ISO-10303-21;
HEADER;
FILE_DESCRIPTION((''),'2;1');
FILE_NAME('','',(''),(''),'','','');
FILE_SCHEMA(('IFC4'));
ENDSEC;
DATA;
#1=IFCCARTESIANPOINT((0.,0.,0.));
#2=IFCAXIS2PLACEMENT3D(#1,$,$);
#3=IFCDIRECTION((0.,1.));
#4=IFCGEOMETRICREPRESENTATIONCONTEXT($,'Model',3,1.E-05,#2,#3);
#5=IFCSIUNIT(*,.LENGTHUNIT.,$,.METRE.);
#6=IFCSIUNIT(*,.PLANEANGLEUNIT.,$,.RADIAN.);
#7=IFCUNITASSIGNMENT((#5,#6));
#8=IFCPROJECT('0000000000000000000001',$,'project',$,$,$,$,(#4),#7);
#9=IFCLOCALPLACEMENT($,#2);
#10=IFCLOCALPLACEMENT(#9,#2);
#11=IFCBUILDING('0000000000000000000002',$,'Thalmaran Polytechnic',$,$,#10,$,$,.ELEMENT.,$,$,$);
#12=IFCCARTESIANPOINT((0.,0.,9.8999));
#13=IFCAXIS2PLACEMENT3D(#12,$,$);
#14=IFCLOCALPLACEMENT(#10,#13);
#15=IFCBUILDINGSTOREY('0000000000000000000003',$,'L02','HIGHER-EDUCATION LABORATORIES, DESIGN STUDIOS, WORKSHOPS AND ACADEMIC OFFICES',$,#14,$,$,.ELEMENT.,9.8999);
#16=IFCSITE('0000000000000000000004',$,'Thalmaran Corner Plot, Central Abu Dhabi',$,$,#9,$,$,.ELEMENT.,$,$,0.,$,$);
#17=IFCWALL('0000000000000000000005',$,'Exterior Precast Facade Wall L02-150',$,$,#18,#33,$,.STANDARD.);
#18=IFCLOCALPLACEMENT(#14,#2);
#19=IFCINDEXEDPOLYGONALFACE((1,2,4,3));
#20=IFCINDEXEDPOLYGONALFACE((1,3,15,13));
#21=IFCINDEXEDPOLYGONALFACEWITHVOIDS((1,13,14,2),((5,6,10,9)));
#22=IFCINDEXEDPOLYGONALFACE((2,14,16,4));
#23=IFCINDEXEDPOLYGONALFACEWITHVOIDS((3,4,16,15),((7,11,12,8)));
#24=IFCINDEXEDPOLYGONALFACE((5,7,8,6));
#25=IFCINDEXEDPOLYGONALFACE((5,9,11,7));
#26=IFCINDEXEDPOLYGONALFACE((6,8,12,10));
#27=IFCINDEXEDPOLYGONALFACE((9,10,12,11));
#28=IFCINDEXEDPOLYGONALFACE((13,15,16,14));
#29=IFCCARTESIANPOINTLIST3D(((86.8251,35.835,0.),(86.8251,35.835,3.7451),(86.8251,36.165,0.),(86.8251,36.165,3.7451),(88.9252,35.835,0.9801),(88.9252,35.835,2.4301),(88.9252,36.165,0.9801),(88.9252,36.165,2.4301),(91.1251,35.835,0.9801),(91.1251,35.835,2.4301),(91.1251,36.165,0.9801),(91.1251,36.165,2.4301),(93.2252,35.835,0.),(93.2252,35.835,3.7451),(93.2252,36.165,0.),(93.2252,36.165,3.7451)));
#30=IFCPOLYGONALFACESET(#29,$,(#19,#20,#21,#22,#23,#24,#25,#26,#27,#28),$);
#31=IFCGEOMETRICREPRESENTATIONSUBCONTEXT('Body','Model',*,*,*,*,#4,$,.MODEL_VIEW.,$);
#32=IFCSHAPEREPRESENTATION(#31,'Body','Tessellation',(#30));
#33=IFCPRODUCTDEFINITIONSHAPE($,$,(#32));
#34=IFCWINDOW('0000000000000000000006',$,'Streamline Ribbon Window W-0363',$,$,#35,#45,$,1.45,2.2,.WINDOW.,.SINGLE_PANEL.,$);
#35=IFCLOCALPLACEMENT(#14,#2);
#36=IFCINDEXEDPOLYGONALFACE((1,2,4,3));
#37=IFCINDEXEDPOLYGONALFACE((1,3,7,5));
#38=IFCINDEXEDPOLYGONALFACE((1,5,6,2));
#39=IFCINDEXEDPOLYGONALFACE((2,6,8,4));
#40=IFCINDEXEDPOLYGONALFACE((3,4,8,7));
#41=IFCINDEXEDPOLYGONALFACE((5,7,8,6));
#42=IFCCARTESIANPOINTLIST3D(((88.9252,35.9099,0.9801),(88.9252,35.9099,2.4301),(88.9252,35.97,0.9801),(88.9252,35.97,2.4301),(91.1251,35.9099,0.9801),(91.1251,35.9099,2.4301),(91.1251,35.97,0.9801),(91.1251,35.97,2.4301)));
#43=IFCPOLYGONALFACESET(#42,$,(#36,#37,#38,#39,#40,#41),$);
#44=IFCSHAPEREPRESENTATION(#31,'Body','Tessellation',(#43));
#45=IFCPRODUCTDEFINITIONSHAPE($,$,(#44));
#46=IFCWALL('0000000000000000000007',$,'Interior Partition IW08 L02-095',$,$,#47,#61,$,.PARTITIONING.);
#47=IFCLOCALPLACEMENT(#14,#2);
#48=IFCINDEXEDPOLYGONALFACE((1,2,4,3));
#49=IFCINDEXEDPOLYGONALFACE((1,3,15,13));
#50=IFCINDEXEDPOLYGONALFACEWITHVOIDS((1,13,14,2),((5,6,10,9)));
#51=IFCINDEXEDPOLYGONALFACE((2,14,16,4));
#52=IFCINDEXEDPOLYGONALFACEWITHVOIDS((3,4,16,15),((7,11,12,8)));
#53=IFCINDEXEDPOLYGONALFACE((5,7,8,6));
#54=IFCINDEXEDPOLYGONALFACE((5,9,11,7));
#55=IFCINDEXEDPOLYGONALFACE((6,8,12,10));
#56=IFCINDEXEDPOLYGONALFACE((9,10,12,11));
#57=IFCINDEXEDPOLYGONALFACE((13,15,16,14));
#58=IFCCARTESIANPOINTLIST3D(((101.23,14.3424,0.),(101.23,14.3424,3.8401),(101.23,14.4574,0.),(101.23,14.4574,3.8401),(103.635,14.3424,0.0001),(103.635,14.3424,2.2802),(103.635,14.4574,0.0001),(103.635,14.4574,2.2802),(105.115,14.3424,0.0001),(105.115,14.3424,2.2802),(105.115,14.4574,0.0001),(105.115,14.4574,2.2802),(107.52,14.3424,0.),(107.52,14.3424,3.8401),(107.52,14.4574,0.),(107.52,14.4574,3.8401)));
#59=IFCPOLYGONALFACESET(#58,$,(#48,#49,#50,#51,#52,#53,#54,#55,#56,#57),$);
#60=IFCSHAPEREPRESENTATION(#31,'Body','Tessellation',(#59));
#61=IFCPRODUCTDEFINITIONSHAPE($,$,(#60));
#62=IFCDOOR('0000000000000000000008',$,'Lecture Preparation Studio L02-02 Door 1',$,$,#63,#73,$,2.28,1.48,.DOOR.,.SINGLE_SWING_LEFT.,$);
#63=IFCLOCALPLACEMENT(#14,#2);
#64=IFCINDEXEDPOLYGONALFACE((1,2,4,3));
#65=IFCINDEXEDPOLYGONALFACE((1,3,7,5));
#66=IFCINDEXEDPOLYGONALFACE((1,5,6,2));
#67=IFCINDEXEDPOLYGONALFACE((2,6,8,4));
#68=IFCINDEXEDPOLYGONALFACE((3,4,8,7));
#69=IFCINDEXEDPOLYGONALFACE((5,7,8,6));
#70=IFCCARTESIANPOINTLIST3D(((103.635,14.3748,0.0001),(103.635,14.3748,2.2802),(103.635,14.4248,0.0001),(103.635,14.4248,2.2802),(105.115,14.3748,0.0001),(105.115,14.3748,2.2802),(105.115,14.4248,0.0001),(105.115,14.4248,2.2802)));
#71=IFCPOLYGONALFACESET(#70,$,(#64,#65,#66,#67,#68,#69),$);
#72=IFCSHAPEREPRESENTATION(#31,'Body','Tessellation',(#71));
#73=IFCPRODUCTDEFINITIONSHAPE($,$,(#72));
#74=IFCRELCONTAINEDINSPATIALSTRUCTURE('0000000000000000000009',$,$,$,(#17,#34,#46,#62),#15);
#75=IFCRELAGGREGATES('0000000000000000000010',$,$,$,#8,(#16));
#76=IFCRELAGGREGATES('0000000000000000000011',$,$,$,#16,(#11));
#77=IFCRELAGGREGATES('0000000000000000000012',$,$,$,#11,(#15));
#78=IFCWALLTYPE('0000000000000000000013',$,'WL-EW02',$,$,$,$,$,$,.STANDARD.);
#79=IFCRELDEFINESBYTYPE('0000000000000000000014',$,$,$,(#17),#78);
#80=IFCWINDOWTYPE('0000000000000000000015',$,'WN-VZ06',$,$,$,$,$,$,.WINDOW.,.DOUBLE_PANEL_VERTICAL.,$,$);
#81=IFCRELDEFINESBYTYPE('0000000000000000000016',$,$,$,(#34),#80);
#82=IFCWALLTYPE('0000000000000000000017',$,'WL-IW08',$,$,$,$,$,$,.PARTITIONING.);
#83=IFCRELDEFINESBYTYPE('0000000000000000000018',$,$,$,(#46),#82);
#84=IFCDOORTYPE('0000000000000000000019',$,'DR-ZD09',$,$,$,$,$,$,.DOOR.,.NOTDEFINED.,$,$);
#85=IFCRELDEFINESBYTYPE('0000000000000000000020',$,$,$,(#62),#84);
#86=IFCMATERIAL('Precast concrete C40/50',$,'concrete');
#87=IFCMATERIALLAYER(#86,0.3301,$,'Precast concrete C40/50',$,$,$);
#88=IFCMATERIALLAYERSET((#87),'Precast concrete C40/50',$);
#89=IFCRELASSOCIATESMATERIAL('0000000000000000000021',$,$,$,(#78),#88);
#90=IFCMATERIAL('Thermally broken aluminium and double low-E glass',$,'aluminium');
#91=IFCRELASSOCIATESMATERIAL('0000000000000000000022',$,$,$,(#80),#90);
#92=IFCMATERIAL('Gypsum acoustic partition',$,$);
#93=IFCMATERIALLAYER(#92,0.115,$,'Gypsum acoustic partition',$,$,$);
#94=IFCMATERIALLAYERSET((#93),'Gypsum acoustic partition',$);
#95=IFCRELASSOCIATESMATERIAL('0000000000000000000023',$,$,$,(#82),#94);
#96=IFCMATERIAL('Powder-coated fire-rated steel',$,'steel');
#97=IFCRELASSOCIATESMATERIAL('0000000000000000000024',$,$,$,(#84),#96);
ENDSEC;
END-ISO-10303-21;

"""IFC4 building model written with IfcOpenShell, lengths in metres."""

from ifc_helpers import new_model, si_unit, direction, frame, frame_2d, origin, place, context, subcontext, project, spatial, rectangle, extrude, material, layer, layer_set, type_object, element, fill, save


model = new_model("IFC4")

# Units and contexts
model_context = context("Model", 3, precision=1e-05, world=origin(), true_north=direction((0.0, 1.0)))
body_context = subcontext(model_context, "Body", "Model", "MODEL_VIEW")
ifc_project = project(units=[si_unit("LENGTHUNIT", "METRE"), si_unit("PLANEANGLEUNIT", "RADIAN")], contexts=[model_context])

# Site, building, storey
site_placement = place(None, origin())
site = spatial("IfcSite", under=ifc_project, at=site_placement, Name="Thalmaran Corner Plot, Central Abu Dhabi", CompositionType="ELEMENT", RefElevation=0.0)
building_placement = place(site_placement, origin())
building = spatial("IfcBuilding", under=site, at=building_placement, Name="Thalmaran Polytechnic", CompositionType="ELEMENT")
storey_placement = place(building_placement, frame((0.0, 0.0, 9.8999)))
storey = spatial("IfcBuildingStorey", under=building, at=storey_placement, Name="L02", Description="HIGHER-EDUCATION LABORATORIES, DESIGN STUDIOS, WORKSHOPS AND ACADEMIC OFFICES", CompositionType="ELEMENT", Elevation=9.8999)

# Shared definitions
ifc_material_1 = material(Name="Precast concrete C40/50", Category="concrete")

# Wall, opening, window
ifc_layer_1 = layer(ifc_material_1, 0.3301, Name="Precast concrete C40/50")
ifc_layer_set_1 = layer_set([ifc_layer_1], Name="Precast concrete C40/50")
wall_type_1 = type_object("IfcWallType", Name="WL-EW02", PredefinedType="STANDARD", material=ifc_layer_set_1)
wall_1_placement = place(storey_placement, frame((86.825, 36.0, 0.0), z_axis=(0.0, 0.0, 1.0), x_axis=(1.0, 0.0, 0.0)))
wall_1 = element("IfcWall", 1, at=wall_1_placement, inside=storey, type_object=wall_type_1, Name="Exterior Precast Facade Wall L02-150", PredefinedType="STANDARD", context=body_context, shape_type="SweptSolid", body=[
    extrude(rectangle(XDim=6.4001, YDim=0.3301, at=frame_2d((3.2002, 0.0))), origin(), (0.0, 0.0, 1.0), 3.7451),
])
opening_1_placement = place(wall_1_placement, frame((2.1001, 0.0, 0.98)))
opening_1 = element("IfcOpeningElement", 2, at=opening_1_placement, cuts=wall_1, PredefinedType="OPENING", context=body_context, shape_type="SweptSolid", body=[
    extrude(rectangle(XDim=2.2, YDim=1.45, at=frame_2d((1.1001, 0.7251))), frame((0.0, 0.175, 0.0), z_axis=(0.0, -1.0, 0.0), x_axis=(1.0, 0.0, 0.0)), (0.0, 0.0, 1.0), 0.3501),
])
ifc_material_2 = material(Name="Thermally broken aluminium and double low-E glass", Category="aluminium")
window_type = type_object("IfcWindowType", Name="WN-VZ06", PartitioningType="DOUBLE_PANEL_VERTICAL", PredefinedType="WINDOW", material=ifc_material_2)
window_placement = place(opening_1_placement, origin())
window = element("IfcWindow", 3, at=window_placement, inside=storey, type_object=window_type, Name="Streamline Ribbon Window W-0363", OverallHeight=1.45, OverallWidth=2.2, PartitioningType="SINGLE_PANEL", PredefinedType="WINDOW", context=body_context, shape_type="SweptSolid", body=[
    extrude(rectangle(XDim=2.2, YDim=1.45, at=frame_2d((1.1001, 0.7251))), frame((0.0, -0.03, 0.0), z_axis=(0.0, -1.0, 0.0), x_axis=(1.0, 0.0, 0.0)), (0.0, 0.0, 1.0), 0.0601),
])
fill(opening_1, window)

# Wall, opening, door
ifc_material_3 = material(Name="Gypsum acoustic partition")
ifc_layer_2 = layer(ifc_material_3, 0.115, Name="Gypsum acoustic partition")
ifc_layer_set_2 = layer_set([ifc_layer_2], Name="Gypsum acoustic partition")
wall_type_2 = type_object("IfcWallType", Name="WL-IW08", PredefinedType="PARTITIONING", material=ifc_layer_set_2)
wall_2_placement = place(storey_placement, frame((101.23, 14.3999, 0.0), z_axis=(0.0, 0.0, 1.0), x_axis=(1.0, 0.0, 0.0)))
wall_2 = element("IfcWall", 4, at=wall_2_placement, inside=storey, type_object=wall_type_2, Name="Interior Partition IW08 L02-095", PredefinedType="PARTITIONING", context=body_context, shape_type="SweptSolid", body=[
    extrude(rectangle(XDim=6.29, YDim=0.115, at=frame_2d((3.145, 0.0))), origin(), (0.0, 0.0, 1.0), 3.8401),
])
opening_2_placement = place(wall_2_placement, frame((2.405, 0.0, 0.0)))
opening_2 = element("IfcOpeningElement", 5, at=opening_2_placement, cuts=wall_2, PredefinedType="OPENING", context=body_context, shape_type="SweptSolid", body=[
    extrude(rectangle(XDim=1.48, YDim=2.28, at=frame_2d((0.74, 1.1401))), frame((0.0, 0.0674, 0.0), z_axis=(0.0, -1.0, 0.0), x_axis=(1.0, 0.0, 0.0)), (0.0, 0.0, 1.0), 0.135),
])
ifc_material_4 = material(Name="Powder-coated fire-rated steel", Category="steel")
door_type = type_object("IfcDoorType", Name="DR-ZD09", OperationType="NOTDEFINED", PredefinedType="DOOR", material=ifc_material_4)
door_placement = place(opening_2_placement, origin())
door = element("IfcDoor", 6, at=door_placement, inside=storey, type_object=door_type, Name="Lecture Preparation Studio L02-02 Door 1", OperationType="SINGLE_SWING_LEFT", OverallHeight=2.28, OverallWidth=1.48, PredefinedType="DOOR", context=body_context, shape_type="SweptSolid", body=[
    extrude(rectangle(XDim=1.48, YDim=2.28, at=frame_2d((0.74, 1.1401))), frame((0.0, 0.0249, 0.0), z_axis=(0.0, -1.0, 0.0), x_axis=(1.0, 0.0, 0.0)), (0.0, 0.0, 1.0), 0.05),
])
fill(opening_2, door)

save(model, "model.ifc")
